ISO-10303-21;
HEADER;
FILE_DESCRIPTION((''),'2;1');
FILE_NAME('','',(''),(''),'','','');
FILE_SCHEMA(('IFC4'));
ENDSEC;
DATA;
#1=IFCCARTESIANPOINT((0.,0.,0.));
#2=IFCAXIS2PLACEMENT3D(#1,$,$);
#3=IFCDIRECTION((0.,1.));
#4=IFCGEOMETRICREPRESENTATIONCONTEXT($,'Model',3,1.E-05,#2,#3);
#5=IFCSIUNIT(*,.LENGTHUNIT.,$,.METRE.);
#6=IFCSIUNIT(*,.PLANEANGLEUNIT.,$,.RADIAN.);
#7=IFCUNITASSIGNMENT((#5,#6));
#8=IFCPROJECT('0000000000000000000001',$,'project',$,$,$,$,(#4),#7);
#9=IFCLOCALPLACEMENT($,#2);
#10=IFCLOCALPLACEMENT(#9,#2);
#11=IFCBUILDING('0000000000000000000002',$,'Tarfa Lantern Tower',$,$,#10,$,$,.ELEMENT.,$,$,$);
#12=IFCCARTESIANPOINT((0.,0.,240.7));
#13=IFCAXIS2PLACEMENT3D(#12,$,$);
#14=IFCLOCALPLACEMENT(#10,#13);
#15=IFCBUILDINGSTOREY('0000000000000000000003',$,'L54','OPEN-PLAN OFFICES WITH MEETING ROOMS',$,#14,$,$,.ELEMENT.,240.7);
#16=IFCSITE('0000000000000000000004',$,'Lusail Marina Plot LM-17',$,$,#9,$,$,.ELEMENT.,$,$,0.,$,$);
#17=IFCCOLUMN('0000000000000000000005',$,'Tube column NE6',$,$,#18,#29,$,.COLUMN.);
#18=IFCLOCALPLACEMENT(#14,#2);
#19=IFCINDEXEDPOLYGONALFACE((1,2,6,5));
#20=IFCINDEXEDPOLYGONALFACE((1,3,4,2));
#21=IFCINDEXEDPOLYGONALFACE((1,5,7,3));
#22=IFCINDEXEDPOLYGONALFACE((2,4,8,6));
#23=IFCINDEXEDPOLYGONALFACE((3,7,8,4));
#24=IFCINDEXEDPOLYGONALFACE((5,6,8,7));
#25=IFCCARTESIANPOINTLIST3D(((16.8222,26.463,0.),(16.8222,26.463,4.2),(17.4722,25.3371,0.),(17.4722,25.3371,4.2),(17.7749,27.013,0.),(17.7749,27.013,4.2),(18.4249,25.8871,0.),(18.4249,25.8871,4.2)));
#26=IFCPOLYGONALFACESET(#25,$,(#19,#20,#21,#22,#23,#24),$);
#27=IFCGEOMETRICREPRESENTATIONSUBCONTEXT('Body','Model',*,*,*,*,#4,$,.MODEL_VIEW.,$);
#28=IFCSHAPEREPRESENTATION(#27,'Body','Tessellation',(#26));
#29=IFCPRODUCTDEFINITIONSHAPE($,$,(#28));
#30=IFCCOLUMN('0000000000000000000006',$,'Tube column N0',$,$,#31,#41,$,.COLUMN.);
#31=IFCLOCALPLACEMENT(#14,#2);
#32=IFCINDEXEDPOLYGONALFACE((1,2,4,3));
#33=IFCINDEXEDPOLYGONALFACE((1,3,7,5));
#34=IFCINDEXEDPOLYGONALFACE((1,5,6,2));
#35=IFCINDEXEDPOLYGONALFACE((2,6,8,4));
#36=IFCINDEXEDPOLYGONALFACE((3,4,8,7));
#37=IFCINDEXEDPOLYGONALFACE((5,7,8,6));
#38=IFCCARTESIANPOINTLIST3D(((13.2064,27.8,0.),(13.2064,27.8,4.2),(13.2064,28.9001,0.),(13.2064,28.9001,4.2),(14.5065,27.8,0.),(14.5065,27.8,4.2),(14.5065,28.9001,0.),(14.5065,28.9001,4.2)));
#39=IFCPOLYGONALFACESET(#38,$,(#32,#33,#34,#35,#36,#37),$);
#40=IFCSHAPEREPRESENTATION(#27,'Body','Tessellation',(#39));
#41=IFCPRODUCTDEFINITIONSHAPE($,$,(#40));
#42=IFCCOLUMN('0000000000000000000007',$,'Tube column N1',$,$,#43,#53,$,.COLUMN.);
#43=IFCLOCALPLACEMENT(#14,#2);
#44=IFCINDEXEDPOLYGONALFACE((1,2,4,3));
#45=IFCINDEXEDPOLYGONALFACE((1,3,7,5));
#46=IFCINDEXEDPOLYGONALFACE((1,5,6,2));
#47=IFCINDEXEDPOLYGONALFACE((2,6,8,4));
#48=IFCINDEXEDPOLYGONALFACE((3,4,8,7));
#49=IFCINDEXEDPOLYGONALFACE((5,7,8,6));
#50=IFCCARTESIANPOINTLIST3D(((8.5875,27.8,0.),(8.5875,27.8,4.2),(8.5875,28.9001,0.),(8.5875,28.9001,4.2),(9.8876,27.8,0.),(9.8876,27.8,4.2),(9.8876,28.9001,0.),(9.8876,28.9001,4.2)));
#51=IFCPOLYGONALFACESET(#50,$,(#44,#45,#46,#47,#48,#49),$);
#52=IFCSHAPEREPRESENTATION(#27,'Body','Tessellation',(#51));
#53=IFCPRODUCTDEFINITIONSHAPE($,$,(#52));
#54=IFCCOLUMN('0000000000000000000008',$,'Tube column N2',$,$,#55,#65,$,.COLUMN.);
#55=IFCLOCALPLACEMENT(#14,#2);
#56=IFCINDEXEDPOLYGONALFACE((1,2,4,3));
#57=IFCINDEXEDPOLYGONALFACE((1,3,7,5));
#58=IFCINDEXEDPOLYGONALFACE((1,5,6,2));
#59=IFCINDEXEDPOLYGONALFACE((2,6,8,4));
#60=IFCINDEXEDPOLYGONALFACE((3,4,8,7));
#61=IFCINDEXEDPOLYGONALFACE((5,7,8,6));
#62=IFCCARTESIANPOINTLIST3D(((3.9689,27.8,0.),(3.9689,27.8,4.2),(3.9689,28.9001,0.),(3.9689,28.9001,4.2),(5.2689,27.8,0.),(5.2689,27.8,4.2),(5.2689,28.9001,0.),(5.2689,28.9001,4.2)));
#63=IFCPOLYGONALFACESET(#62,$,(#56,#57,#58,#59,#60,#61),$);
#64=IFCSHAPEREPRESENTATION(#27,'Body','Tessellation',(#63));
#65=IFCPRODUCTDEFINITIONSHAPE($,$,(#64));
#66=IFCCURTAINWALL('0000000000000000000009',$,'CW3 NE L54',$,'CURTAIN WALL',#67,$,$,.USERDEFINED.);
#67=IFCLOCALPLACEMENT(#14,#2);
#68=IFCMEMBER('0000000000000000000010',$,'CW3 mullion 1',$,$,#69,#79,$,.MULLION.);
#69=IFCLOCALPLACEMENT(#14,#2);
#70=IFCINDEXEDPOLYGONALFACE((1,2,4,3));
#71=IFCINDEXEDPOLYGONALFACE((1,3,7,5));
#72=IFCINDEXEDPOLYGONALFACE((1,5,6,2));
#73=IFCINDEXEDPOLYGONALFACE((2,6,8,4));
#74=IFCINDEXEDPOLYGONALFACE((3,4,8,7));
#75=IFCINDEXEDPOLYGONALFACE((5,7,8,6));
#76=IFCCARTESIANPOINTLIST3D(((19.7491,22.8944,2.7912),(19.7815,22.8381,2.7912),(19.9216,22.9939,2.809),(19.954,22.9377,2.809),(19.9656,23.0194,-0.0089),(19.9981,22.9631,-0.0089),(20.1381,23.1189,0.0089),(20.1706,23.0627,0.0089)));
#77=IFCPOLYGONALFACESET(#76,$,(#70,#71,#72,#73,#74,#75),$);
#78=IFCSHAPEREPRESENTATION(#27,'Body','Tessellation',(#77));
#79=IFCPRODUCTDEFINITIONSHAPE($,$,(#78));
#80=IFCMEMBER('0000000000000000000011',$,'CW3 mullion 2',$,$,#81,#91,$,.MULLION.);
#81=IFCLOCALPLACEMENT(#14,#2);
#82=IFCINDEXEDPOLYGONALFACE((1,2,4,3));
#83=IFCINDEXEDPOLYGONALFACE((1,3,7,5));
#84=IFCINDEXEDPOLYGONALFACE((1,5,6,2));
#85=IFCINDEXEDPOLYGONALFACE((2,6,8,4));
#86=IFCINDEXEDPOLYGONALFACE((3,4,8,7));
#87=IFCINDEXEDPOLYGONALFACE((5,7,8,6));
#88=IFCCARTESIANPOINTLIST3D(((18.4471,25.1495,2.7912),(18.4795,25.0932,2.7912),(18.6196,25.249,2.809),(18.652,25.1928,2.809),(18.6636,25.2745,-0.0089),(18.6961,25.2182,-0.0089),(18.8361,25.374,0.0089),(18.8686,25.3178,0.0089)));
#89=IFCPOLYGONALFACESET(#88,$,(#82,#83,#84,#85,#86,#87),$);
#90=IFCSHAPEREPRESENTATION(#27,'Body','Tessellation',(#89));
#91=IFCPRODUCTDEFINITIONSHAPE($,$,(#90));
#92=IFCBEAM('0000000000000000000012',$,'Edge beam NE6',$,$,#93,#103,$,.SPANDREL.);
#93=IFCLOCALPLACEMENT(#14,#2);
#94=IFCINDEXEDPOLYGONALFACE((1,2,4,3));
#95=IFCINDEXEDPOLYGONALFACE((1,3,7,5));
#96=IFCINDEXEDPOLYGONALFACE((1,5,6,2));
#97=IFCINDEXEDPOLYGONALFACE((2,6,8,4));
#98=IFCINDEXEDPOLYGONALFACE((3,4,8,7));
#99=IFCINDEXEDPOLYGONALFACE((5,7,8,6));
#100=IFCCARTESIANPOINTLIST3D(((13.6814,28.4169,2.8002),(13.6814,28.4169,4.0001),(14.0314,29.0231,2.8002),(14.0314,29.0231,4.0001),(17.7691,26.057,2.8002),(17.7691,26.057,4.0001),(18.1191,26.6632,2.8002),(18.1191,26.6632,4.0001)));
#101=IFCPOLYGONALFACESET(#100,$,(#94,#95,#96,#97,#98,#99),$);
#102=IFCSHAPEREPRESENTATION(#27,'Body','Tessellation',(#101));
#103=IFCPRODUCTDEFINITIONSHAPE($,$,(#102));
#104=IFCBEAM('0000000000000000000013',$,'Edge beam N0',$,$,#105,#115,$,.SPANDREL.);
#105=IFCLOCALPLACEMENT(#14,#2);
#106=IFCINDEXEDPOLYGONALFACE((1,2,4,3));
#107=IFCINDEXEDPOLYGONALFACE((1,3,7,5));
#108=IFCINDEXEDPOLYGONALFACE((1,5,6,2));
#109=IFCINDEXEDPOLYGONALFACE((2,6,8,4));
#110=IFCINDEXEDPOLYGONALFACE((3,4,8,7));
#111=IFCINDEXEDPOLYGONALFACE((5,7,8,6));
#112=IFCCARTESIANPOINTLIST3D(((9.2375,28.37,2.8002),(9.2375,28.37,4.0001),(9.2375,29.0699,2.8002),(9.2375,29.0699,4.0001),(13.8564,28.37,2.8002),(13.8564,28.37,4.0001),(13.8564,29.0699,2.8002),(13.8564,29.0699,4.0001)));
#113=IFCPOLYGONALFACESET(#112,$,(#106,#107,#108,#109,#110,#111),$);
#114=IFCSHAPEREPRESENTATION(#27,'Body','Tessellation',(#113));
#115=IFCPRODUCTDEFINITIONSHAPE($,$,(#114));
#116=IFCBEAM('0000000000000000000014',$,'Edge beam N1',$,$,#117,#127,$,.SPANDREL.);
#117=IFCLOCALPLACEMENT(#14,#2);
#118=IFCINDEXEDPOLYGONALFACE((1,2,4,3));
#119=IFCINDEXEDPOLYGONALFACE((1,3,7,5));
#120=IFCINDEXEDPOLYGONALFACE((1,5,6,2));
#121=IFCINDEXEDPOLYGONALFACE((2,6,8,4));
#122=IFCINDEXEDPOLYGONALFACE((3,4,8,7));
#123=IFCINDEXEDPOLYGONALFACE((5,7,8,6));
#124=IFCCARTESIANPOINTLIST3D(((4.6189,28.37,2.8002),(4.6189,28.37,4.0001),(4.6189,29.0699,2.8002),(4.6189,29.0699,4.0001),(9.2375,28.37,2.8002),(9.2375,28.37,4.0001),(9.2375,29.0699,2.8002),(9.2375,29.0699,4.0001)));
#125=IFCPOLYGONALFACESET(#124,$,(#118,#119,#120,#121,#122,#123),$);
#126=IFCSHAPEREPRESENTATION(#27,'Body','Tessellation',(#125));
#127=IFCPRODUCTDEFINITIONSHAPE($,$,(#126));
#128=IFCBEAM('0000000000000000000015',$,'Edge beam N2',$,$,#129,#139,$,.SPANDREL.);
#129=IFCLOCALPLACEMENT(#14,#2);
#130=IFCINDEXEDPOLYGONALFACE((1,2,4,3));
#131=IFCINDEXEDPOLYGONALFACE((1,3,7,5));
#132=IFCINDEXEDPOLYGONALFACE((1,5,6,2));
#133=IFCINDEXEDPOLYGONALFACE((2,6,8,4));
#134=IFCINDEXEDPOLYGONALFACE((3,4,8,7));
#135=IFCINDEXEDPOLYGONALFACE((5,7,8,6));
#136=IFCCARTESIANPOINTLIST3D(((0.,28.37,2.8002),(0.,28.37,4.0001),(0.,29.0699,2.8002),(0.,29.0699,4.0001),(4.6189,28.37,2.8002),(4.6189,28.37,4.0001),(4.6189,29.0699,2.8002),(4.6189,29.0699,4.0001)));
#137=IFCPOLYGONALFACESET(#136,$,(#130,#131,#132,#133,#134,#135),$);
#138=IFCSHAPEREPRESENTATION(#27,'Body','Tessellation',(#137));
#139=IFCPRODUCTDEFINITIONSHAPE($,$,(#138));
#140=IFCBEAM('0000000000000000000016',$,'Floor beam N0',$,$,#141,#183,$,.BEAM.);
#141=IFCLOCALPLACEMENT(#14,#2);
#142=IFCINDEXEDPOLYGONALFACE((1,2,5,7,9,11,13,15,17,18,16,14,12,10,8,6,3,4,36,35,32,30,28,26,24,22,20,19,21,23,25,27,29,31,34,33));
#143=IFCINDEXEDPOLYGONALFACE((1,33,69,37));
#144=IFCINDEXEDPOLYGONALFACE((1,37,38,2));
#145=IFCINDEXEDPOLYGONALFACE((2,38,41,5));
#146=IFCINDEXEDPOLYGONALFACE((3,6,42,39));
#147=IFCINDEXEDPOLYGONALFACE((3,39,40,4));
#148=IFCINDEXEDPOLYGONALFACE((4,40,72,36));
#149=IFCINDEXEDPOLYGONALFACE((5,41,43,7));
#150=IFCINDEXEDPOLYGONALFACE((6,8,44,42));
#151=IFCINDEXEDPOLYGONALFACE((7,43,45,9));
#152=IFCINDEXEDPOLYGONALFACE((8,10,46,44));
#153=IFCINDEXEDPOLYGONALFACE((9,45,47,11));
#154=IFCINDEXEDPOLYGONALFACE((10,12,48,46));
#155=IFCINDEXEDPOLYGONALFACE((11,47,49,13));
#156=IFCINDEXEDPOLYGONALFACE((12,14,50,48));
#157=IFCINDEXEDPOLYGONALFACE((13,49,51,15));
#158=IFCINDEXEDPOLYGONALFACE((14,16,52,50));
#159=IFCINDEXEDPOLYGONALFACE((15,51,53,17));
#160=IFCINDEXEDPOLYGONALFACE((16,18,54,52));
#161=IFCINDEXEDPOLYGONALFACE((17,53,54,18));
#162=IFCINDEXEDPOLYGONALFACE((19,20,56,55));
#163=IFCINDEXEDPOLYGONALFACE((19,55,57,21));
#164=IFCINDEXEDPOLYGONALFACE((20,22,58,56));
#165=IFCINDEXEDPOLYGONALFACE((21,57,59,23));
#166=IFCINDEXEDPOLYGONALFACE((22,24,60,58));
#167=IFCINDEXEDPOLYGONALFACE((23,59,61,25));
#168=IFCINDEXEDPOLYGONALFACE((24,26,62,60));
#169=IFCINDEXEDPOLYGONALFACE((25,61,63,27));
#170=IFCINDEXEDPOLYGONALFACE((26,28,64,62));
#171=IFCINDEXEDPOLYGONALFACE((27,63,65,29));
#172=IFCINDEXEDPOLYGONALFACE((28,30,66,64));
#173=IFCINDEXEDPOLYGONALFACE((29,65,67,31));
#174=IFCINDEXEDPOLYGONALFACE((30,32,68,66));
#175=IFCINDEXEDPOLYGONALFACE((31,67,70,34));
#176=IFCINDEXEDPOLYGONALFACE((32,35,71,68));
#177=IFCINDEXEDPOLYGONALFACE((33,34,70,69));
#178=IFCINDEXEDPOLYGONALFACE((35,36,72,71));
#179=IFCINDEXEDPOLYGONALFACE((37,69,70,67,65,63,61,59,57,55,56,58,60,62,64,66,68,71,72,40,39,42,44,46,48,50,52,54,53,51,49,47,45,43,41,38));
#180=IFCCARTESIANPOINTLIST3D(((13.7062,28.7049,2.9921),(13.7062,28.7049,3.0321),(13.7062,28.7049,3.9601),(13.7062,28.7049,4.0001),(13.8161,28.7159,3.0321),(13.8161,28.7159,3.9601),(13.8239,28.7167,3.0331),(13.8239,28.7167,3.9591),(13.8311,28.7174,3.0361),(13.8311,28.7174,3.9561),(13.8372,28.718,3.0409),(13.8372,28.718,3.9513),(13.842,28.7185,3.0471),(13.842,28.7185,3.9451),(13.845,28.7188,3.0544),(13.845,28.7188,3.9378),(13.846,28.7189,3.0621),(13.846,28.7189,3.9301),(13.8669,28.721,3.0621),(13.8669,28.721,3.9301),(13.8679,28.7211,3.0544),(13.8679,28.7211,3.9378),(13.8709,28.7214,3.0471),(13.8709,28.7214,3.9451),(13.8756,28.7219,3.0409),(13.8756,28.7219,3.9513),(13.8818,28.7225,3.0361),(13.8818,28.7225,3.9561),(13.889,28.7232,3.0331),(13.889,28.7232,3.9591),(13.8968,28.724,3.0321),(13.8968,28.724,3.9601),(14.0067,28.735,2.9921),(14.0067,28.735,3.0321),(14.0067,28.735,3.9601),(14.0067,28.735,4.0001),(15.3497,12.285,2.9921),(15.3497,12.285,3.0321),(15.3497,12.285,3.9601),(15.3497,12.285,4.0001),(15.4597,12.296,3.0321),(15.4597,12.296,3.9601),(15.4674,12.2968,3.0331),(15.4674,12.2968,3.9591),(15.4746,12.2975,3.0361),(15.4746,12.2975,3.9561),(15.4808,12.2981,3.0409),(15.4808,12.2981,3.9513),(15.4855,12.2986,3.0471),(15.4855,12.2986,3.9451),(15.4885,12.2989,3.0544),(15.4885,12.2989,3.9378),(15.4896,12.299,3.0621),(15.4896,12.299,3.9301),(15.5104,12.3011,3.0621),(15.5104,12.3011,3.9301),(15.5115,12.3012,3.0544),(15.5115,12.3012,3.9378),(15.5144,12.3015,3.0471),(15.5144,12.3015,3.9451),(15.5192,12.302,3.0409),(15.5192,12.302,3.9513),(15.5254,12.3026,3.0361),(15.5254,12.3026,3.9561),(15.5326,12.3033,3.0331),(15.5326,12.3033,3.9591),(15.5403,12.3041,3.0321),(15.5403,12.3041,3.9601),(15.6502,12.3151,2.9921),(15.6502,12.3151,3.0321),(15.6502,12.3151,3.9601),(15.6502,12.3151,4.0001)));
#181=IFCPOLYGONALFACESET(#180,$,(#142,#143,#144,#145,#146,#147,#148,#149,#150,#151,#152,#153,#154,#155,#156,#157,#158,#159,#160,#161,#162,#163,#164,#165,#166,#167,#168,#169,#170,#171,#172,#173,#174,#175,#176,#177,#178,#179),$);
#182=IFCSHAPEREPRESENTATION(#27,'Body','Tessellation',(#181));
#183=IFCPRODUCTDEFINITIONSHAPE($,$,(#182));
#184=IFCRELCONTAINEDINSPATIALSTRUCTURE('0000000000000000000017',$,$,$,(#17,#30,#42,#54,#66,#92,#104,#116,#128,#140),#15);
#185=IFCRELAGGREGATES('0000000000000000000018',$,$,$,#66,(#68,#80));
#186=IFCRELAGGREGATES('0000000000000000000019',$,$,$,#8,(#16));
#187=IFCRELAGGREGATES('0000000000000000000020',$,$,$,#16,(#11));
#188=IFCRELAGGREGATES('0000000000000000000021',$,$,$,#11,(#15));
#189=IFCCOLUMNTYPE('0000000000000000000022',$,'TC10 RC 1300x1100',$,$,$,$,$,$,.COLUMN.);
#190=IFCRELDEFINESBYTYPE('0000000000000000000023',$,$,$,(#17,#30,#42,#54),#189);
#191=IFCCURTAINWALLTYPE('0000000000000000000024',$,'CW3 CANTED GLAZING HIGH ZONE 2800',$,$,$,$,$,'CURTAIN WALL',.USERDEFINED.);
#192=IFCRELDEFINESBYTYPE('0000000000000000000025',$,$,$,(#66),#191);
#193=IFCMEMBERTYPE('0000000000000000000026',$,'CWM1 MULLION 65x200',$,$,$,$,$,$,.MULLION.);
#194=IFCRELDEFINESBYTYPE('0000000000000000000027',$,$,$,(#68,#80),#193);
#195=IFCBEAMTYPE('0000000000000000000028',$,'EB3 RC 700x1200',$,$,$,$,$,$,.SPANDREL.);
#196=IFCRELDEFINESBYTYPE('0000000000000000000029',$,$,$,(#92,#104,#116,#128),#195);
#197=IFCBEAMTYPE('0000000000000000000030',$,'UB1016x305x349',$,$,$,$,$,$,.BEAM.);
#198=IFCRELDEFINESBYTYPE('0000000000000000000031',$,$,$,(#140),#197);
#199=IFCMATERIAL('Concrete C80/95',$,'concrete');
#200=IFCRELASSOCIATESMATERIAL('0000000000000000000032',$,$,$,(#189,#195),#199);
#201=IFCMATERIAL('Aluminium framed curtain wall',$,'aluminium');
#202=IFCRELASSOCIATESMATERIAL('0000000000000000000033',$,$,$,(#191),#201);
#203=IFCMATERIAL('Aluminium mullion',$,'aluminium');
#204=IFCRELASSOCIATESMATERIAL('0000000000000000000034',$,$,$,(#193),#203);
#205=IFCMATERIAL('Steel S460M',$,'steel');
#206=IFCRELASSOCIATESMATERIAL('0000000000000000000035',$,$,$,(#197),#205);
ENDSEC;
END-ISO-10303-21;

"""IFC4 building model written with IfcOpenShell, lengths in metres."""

from ifc_helpers import new_model, si_unit, direction, frame, origin, origin_2d, place, context, subcontext, project, spatial, rectangle, i_section, extrude, material, material_profile, profile_set, type_object, element, aggregate, save


model = new_model("IFC4")

# Units and contexts
model_context = context("Model", 3, precision=1e-05, world=origin(), true_north=direction((0.0, 1.0)))
body_context = subcontext(model_context, "Body", "Model", "MODEL_VIEW")
ifc_project = project(units=[si_unit("LENGTHUNIT", "METRE"), si_unit("PLANEANGLEUNIT", "RADIAN")], contexts=[model_context])

# Site, building, storey
site_placement = place(None, origin())
site = spatial("IfcSite", under=ifc_project, at=site_placement, Name="Lusail Marina Plot LM-17", CompositionType="ELEMENT", RefElevation=0.0)
building_placement = place(site_placement, origin())
building = spatial("IfcBuilding", under=site, at=building_placement, Name="Tarfa Lantern Tower", CompositionType="ELEMENT")
storey_placement = place(building_placement, frame((0.0, 0.0, 240.7)))
storey = spatial("IfcBuildingStorey", under=building, at=storey_placement, Name="L54", Description="OPEN-PLAN OFFICES WITH MEETING ROOMS", CompositionType="ELEMENT", Elevation=240.7)

# Columns
ifc_material_1 = material(Name="Concrete C80/95", Category="concrete")
ifc_material_profile_1 = material_profile(ifc_material_1, rectangle(XDim=1.3, YDim=1.1001, at=origin_2d()), Name="RC 1300x1100")
ifc_profile_set_1 = profile_set([ifc_material_profile_1], Name="Concrete C80/95")
column_type = type_object("IfcColumnType", Name="TC10 RC 1300x1100", PredefinedType="COLUMN", material=ifc_profile_set_1)
for number, where, z_axis, x_axis, name in (
    (1, (17.6235, 26.175, 0.0), (0.0, 0.0, 1.0), (-0.5, 0.866025, 0.0), "Tube column NE6"),
    (2, (13.8564, 28.3501, 0.0), (0.0, 0.0, 1.0), (-1.0, 0.0, 0.0), "Tube column N0"),
    (3, (9.2375, 28.3501, 0.0), (0.0, 0.0, 1.0), (-1.0, 0.0, 0.0), "Tube column N1"),
    (4, (4.6189, 28.3501, 0.0), (0.0, 0.0, 1.0), (-1.0, 0.0, 0.0), "Tube column N2"),
):
    element("IfcColumn", number, at=place(storey_placement, frame(where, z_axis=z_axis, x_axis=x_axis)), inside=storey, type_object=column_type, Name=name, PredefinedType="COLUMN", context=body_context, shape_type="SweptSolid", body=[
        extrude(rectangle(XDim=1.3, YDim=1.1001, at=origin_2d()), origin(), (0.0, 0.0, 1.0), 4.2),
    ])

# Curtain wall, members
ifc_material_2 = material(Name="Aluminium framed curtain wall", Category="aluminium")
curtain_wall_type = type_object("IfcCurtainWallType", Name="CW3 CANTED GLAZING HIGH ZONE 2800", ElementType="CURTAIN WALL", PredefinedType="USERDEFINED", material=ifc_material_2)
curtain_wall_placement = place(storey_placement, origin())
curtain_wall = element("IfcCurtainWall", 5, at=curtain_wall_placement, inside=storey, type_object=curtain_wall_type, Name="CW3 NE L54", ObjectType="CURTAIN WALL", PredefinedType="USERDEFINED")
ifc_material_3 = material(Name="Aluminium mullion", Category="aluminium")
ifc_material_profile_2 = material_profile(ifc_material_3, rectangle(XDim=0.0649, YDim=0.2, at=origin_2d()), Name="AL MULLION 65x200")
ifc_profile_set_2 = profile_set([ifc_material_profile_2], Name="Aluminium mullion")
member_type = type_object("IfcMemberType", Name="CWM1 MULLION 65x200", PredefinedType="MULLION", material=ifc_profile_set_2)
member_1_placement = place(storey_placement, frame((20.0681, 23.041, 0.0), z_axis=(-0.077032, -0.044465, 0.996037), x_axis=(0.49992, -0.866072, 0.0)))
member_1 = element("IfcMember", 6, at=member_1_placement, type_object=member_type, Name="CW3 mullion 1", PredefinedType="MULLION", context=body_context, shape_type="SweptSolid", body=[
    extrude(rectangle(XDim=0.0649, YDim=0.2, at=origin_2d()), origin(), (0.0, 0.0, 1.0), 2.8113),
])
member_2_placement = place(storey_placement, frame((18.7661, 25.2961, 0.0), z_axis=(-0.077032, -0.044465, 0.996037), x_axis=(0.49992, -0.866072, 0.0)))
member_2 = element("IfcMember", 7, at=member_2_placement, type_object=member_type, Name="CW3 mullion 2", PredefinedType="MULLION", context=body_context, shape_type="SweptSolid", body=[
    extrude(rectangle(XDim=0.0649, YDim=0.2, at=origin_2d()), origin(), (0.0, 0.0, 1.0), 2.8113),
])

# Beams
ifc_material_profile_3 = material_profile(ifc_material_1, rectangle(XDim=0.7, YDim=1.2, at=origin_2d()), Name="RC 700x1200")
ifc_profile_set_3 = profile_set([ifc_material_profile_3], Name="Concrete C80/95")
beam_type_1 = type_object("IfcBeamType", Name="EB3 RC 700x1200", PredefinedType="SPANDREL", material=ifc_profile_set_3)
beam_1_placement = place(storey_placement, frame((17.9441, 26.3601, 3.4001), z_axis=(-0.866038, 0.499978, 0.0), x_axis=(-0.499978, -0.866038, 0.0)))
element("IfcBeam", 8, at=beam_1_placement, inside=storey, type_object=beam_type_1, Name="Edge beam NE6", PredefinedType="SPANDREL", context=body_context, shape_type="SweptSolid", body=[
    extrude(rectangle(XDim=0.7, YDim=1.2, at=origin_2d()), origin(), (0.0, 0.0, 1.0), 4.72),
])
beam_2_placement = place(storey_placement, frame((13.8564, 28.72, 3.4001), z_axis=(-1.0, 0.0, 0.0), x_axis=(0.0, -1.0, 0.0)))
element("IfcBeam", 9, at=beam_2_placement, inside=storey, type_object=beam_type_1, Name="Edge beam N0", PredefinedType="SPANDREL", context=body_context, shape_type="SweptSolid", body=[
    extrude(rectangle(XDim=0.7, YDim=1.2, at=origin_2d()), origin(), (0.0, 0.0, 1.0), 4.6189),
])
beam_3_placement = place(storey_placement, frame((9.2375, 28.72, 3.4001), z_axis=(-1.0, 0.0, 0.0), x_axis=(0.0, -1.0, 0.0)))
element("IfcBeam", 10, at=beam_3_placement, inside=storey, type_object=beam_type_1, Name="Edge beam N1", PredefinedType="SPANDREL", context=body_context, shape_type="SweptSolid", body=[
    extrude(rectangle(XDim=0.7, YDim=1.2, at=origin_2d()), origin(), (0.0, 0.0, 1.0), 4.6187),
])
beam_4_placement = place(storey_placement, frame((4.6189, 28.72, 3.4001), z_axis=(-1.0, 0.0, 0.0), x_axis=(0.0, -1.0, 0.0)))
element("IfcBeam", 11, at=beam_4_placement, inside=storey, type_object=beam_type_1, Name="Edge beam N2", PredefinedType="SPANDREL", context=body_context, shape_type="SweptSolid", body=[
    extrude(rectangle(XDim=0.7, YDim=1.2, at=origin_2d()), origin(), (0.0, 0.0, 1.0), 4.6189),
])
ifc_material_4 = material(Name="Steel S460M", Category="steel")
ifc_material_profile_4 = material_profile(ifc_material_4, i_section(OverallWidth=0.302, OverallDepth=1.0081, WebThickness=0.021, FlangeThickness=0.04, FilletRadius=0.03, at=origin_2d()), Name="UB1016x305x349")
ifc_profile_set_4 = profile_set([ifc_material_profile_4], Name="Steel S460M")
beam_type_2 = type_object("IfcBeamType", Name="UB1016x305x349", PredefinedType="BEAM", material=ifc_profile_set_4)
beam_5_placement = place(storey_placement, frame((13.8564, 28.72, 3.4961), z_axis=(0.099597, -0.995028, 0.0), x_axis=(0.995028, 0.099597, 0.0)))
element("IfcBeam", 12, at=beam_5_placement, inside=storey, type_object=beam_type_2, Name="Floor beam N0", PredefinedType="BEAM", context=body_context, shape_type="SweptSolid", body=[
    extrude(i_section(OverallWidth=0.302, OverallDepth=1.0081, WebThickness=0.021, FlangeThickness=0.04, FilletRadius=0.03, at=origin_2d()), origin(), (0.0, 0.0, 1.0), 16.502),
])

aggregate(curtain_wall, [member_1, member_2])

save(model, "model.ifc")
